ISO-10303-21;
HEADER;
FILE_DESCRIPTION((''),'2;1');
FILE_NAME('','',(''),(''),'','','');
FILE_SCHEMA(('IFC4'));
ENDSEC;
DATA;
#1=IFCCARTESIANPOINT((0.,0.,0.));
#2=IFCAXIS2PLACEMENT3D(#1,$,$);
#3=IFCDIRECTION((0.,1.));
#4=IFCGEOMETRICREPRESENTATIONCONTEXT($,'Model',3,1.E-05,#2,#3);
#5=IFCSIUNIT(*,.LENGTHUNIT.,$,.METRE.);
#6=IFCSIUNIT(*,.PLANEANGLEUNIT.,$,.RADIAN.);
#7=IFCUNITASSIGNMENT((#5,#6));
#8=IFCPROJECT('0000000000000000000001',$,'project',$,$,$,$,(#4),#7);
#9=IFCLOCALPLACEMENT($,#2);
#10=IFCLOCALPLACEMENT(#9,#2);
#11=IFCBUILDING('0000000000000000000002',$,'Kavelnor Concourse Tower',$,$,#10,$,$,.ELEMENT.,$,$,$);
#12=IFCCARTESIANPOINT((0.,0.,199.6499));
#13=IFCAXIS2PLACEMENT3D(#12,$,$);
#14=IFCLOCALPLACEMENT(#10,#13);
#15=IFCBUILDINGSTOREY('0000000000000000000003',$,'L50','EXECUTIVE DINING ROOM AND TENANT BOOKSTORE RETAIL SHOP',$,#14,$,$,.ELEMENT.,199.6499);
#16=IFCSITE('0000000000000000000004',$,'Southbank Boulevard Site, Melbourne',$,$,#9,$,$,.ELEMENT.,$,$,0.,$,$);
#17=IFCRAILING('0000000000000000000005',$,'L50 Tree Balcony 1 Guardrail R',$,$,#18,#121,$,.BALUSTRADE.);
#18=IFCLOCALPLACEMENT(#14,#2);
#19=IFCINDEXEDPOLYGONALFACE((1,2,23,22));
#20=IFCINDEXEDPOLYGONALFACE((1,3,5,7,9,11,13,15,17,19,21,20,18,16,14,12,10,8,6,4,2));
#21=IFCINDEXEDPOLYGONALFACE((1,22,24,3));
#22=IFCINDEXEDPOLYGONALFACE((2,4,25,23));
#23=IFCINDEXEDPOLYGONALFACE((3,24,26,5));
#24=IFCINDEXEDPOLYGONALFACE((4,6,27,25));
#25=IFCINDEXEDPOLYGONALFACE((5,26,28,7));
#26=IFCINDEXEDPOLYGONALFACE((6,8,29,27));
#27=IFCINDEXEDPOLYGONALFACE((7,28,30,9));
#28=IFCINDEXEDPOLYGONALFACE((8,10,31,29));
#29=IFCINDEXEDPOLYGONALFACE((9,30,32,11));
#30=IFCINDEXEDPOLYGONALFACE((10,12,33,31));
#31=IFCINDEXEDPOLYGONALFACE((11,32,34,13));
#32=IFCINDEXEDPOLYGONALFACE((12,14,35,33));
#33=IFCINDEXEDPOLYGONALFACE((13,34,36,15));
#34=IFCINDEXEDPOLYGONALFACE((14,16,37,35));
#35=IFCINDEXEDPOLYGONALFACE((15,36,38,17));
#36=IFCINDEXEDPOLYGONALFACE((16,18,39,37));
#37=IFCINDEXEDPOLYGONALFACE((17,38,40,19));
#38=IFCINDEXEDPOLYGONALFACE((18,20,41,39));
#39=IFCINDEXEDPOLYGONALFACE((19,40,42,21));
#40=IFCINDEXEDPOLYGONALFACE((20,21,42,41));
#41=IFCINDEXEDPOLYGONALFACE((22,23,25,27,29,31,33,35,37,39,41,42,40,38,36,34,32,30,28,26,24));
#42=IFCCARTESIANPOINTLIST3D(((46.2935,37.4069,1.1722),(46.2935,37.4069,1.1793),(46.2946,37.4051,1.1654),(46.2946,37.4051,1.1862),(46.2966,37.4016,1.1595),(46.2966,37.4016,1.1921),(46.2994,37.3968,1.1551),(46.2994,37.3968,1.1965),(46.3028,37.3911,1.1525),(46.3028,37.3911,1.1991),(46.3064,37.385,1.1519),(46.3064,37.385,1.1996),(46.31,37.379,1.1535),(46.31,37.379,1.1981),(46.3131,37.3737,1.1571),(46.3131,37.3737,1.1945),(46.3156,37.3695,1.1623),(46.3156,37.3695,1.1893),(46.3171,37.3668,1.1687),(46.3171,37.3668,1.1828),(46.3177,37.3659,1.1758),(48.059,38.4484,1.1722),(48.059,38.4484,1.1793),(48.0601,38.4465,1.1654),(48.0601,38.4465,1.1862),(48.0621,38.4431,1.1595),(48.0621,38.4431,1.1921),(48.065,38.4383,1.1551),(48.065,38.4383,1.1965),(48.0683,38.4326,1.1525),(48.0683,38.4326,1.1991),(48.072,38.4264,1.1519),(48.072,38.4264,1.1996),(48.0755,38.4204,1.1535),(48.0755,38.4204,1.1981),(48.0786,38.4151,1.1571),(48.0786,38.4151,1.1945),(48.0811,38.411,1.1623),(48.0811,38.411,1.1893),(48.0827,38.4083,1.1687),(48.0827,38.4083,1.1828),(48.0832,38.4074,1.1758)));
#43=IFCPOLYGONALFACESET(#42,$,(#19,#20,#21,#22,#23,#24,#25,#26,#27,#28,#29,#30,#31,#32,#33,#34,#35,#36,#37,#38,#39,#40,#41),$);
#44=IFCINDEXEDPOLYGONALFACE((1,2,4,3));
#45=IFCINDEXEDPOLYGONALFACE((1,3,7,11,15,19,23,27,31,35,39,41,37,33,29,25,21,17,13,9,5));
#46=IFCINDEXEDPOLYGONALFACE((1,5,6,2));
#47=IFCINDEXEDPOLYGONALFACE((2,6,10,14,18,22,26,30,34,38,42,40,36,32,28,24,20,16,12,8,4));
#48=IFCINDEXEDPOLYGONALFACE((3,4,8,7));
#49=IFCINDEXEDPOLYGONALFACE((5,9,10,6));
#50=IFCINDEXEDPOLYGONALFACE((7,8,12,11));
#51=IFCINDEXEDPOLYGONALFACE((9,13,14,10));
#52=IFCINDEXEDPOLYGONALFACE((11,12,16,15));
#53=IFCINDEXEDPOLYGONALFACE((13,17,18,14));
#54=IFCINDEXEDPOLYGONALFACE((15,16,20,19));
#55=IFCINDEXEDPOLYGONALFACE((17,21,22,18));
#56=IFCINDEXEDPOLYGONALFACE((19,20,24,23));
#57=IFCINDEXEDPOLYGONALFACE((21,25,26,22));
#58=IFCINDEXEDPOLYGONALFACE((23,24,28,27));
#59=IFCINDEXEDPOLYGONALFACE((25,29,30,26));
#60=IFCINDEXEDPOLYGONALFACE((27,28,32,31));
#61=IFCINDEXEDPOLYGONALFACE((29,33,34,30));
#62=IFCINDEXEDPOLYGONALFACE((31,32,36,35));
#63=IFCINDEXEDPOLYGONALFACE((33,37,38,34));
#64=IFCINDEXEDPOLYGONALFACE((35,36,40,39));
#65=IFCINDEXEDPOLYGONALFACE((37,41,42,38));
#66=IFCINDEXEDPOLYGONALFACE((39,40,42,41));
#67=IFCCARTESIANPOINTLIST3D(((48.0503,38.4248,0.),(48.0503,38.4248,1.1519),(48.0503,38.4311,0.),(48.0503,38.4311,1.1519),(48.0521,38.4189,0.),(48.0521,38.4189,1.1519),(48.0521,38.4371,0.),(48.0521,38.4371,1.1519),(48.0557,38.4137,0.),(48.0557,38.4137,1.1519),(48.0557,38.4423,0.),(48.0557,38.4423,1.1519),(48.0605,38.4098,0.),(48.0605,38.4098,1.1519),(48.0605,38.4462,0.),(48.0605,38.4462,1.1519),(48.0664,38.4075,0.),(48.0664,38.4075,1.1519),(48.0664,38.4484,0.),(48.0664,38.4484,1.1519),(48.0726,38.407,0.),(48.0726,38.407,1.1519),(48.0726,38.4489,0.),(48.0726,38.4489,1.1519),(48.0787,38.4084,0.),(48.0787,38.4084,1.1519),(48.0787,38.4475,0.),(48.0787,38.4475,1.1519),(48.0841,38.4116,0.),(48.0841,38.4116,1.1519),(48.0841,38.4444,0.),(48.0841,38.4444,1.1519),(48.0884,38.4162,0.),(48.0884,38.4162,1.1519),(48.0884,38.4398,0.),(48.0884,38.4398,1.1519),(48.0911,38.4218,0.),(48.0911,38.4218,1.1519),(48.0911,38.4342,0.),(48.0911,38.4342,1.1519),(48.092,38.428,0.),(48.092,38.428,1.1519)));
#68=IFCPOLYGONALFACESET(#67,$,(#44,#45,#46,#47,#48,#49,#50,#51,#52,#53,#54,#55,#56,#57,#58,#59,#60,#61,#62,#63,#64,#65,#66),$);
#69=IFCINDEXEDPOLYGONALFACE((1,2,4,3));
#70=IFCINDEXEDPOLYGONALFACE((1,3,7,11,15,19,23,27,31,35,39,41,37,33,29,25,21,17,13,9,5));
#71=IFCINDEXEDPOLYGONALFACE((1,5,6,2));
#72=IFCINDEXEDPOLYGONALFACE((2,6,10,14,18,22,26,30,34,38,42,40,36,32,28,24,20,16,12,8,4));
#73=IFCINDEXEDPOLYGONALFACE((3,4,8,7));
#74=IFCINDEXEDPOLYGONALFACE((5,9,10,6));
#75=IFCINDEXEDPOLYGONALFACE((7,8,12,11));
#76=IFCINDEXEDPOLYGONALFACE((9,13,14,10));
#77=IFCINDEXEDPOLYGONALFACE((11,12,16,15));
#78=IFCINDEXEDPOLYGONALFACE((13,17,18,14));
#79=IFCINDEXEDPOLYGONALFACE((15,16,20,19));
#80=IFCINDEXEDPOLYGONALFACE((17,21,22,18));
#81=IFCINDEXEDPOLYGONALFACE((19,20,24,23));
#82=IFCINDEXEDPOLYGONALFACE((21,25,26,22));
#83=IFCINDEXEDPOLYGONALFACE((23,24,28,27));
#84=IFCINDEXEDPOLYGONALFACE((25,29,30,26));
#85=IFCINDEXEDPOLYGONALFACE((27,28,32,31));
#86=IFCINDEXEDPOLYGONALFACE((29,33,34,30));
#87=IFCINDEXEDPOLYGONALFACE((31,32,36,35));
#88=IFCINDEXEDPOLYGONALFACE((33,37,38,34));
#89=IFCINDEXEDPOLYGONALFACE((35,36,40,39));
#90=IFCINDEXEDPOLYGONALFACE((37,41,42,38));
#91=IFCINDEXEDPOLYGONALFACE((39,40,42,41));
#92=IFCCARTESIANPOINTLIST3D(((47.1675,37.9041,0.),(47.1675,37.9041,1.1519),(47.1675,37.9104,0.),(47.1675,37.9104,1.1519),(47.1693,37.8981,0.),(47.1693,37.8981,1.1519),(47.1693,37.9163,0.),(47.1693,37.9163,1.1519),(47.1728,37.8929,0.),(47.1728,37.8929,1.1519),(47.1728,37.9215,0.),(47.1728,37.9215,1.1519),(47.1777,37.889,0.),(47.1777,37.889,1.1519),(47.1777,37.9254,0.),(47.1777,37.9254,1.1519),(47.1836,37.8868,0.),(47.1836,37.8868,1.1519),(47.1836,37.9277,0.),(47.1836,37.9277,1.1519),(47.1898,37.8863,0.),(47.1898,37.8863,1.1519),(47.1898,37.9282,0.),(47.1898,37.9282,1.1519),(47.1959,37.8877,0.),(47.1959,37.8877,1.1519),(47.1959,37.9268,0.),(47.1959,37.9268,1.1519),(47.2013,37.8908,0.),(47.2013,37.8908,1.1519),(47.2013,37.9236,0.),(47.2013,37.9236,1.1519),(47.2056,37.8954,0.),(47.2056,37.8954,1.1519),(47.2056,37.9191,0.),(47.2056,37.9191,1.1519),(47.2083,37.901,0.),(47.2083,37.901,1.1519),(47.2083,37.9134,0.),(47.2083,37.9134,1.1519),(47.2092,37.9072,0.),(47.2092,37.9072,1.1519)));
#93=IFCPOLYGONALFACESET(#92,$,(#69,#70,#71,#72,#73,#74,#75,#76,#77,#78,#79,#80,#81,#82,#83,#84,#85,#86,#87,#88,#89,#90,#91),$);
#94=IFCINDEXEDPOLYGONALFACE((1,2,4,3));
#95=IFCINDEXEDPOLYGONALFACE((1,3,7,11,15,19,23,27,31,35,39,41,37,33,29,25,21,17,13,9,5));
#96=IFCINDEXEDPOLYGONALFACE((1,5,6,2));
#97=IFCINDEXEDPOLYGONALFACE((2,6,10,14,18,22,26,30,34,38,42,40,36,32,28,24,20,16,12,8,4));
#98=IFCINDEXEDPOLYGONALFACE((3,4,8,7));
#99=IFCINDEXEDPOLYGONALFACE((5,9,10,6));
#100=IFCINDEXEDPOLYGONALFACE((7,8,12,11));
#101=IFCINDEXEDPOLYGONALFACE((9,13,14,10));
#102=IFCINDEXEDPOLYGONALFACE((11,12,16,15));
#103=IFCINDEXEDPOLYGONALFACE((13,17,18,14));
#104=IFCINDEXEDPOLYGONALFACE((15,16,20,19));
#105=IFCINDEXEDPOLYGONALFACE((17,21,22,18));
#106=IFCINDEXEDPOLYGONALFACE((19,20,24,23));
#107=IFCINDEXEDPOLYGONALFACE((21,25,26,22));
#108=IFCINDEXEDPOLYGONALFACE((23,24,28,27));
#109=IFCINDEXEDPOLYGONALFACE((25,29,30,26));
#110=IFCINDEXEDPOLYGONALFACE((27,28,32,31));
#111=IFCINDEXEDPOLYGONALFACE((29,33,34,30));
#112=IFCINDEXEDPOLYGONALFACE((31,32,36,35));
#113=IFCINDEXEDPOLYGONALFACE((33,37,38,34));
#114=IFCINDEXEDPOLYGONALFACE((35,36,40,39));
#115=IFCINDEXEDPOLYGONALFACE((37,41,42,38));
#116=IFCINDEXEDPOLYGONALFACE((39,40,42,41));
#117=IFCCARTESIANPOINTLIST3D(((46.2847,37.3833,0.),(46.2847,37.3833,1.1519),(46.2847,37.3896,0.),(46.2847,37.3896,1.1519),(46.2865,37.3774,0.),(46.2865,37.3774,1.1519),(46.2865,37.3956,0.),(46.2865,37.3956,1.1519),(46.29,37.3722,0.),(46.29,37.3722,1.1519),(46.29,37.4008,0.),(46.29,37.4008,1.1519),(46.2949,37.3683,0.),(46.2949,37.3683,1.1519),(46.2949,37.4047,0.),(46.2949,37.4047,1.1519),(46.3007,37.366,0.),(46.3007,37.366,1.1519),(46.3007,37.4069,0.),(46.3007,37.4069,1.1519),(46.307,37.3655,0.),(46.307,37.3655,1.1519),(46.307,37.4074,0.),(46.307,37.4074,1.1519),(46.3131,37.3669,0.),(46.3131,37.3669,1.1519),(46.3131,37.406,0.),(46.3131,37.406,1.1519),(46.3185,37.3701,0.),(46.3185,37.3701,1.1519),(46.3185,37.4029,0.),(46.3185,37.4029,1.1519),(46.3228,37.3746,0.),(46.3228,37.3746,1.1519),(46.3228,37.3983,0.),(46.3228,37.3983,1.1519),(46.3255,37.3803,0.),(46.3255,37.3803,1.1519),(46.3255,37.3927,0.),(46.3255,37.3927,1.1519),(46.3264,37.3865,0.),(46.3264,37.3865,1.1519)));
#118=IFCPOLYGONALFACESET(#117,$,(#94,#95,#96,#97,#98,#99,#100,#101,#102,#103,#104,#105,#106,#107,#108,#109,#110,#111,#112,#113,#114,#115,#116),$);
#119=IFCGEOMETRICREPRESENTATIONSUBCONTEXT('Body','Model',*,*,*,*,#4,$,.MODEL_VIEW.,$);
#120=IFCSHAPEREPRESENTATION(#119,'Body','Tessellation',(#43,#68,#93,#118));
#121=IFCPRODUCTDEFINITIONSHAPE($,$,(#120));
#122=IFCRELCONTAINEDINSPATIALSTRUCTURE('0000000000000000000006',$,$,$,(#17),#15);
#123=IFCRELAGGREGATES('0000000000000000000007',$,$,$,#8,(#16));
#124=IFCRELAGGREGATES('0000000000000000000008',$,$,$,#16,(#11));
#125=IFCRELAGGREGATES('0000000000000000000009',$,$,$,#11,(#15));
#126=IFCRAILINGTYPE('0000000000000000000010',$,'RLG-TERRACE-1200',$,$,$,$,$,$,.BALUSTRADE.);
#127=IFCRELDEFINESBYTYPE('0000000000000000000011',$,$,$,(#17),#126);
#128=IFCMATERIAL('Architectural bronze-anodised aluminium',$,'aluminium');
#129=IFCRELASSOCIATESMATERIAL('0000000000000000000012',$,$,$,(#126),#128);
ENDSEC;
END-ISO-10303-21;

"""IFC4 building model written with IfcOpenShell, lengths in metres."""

from ifc_helpers import new_model, si_unit, direction, frame, origin, origin_2d, place, context, subcontext, project, spatial, circle, extrude, material, type_object, element, save


model = new_model("IFC4")

# Units and contexts
model_context = context("Model", 3, precision=1e-05, world=origin(), true_north=direction((0.0, 1.0)))
body_context = subcontext(model_context, "Body", "Model", "MODEL_VIEW")
ifc_project = project(units=[si_unit("LENGTHUNIT", "METRE"), si_unit("PLANEANGLEUNIT", "RADIAN")], contexts=[model_context])

# Site, building, storey
site_placement = place(None, origin())
site = spatial("IfcSite", under=ifc_project, at=site_placement, Name="Southbank Boulevard Site, Melbourne", CompositionType="ELEMENT", RefElevation=0.0)
building_placement = place(site_placement, origin())
building = spatial("IfcBuilding", under=site, at=building_placement, Name="Kavelnor Concourse Tower", CompositionType="ELEMENT")
storey_placement = place(building_placement, frame((0.0, 0.0, 199.6499)))
storey = spatial("IfcBuildingStorey", under=building, at=storey_placement, Name="L50", Description="EXECUTIVE DINING ROOM AND TENANT BOOKSTORE RETAIL SHOP", CompositionType="ELEMENT", Elevation=199.6499)

# Railing
ifc_material_1 = material(Name="Architectural bronze-anodised aluminium", Category="aluminium")
railing_type = type_object("IfcRailingType", Name="RLG-TERRACE-1200", PredefinedType="BALUSTRADE", material=ifc_material_1)
railing_1_placement = place(storey_placement, frame((48.071, 38.428, 0.0)))
element("IfcRailing", 1, at=railing_1_placement, inside=storey, type_object=railing_type, Name="L50 Tree Balcony 1 Guardrail R", PredefinedType="BALUSTRADE", context=body_context, shape_type="SweptSolid", body=[
    extrude(circle(Radius=0.0239, at=origin_2d()), frame((0.0, 0.0, 1.1758), z_axis=(-0.861315, -0.508071, 0.0), x_axis=(0.508071, -0.861315, 0.0)), (0.0, 0.0, 1.0), 2.0498),
    extrude(circle(Radius=0.021, at=origin_2d()), origin(), (0.0, 0.0, 1.0), 1.1519),
    extrude(circle(Radius=0.021, at=origin_2d()), frame((-0.8828, -0.5208, 0.0)), (0.0, 0.0, 1.0), 1.1519),
    extrude(circle(Radius=0.021, at=origin_2d()), frame((-1.7656, -1.0415, 0.0)), (0.0, 0.0, 1.0), 1.1519),
])

save(model, "model.ifc")
